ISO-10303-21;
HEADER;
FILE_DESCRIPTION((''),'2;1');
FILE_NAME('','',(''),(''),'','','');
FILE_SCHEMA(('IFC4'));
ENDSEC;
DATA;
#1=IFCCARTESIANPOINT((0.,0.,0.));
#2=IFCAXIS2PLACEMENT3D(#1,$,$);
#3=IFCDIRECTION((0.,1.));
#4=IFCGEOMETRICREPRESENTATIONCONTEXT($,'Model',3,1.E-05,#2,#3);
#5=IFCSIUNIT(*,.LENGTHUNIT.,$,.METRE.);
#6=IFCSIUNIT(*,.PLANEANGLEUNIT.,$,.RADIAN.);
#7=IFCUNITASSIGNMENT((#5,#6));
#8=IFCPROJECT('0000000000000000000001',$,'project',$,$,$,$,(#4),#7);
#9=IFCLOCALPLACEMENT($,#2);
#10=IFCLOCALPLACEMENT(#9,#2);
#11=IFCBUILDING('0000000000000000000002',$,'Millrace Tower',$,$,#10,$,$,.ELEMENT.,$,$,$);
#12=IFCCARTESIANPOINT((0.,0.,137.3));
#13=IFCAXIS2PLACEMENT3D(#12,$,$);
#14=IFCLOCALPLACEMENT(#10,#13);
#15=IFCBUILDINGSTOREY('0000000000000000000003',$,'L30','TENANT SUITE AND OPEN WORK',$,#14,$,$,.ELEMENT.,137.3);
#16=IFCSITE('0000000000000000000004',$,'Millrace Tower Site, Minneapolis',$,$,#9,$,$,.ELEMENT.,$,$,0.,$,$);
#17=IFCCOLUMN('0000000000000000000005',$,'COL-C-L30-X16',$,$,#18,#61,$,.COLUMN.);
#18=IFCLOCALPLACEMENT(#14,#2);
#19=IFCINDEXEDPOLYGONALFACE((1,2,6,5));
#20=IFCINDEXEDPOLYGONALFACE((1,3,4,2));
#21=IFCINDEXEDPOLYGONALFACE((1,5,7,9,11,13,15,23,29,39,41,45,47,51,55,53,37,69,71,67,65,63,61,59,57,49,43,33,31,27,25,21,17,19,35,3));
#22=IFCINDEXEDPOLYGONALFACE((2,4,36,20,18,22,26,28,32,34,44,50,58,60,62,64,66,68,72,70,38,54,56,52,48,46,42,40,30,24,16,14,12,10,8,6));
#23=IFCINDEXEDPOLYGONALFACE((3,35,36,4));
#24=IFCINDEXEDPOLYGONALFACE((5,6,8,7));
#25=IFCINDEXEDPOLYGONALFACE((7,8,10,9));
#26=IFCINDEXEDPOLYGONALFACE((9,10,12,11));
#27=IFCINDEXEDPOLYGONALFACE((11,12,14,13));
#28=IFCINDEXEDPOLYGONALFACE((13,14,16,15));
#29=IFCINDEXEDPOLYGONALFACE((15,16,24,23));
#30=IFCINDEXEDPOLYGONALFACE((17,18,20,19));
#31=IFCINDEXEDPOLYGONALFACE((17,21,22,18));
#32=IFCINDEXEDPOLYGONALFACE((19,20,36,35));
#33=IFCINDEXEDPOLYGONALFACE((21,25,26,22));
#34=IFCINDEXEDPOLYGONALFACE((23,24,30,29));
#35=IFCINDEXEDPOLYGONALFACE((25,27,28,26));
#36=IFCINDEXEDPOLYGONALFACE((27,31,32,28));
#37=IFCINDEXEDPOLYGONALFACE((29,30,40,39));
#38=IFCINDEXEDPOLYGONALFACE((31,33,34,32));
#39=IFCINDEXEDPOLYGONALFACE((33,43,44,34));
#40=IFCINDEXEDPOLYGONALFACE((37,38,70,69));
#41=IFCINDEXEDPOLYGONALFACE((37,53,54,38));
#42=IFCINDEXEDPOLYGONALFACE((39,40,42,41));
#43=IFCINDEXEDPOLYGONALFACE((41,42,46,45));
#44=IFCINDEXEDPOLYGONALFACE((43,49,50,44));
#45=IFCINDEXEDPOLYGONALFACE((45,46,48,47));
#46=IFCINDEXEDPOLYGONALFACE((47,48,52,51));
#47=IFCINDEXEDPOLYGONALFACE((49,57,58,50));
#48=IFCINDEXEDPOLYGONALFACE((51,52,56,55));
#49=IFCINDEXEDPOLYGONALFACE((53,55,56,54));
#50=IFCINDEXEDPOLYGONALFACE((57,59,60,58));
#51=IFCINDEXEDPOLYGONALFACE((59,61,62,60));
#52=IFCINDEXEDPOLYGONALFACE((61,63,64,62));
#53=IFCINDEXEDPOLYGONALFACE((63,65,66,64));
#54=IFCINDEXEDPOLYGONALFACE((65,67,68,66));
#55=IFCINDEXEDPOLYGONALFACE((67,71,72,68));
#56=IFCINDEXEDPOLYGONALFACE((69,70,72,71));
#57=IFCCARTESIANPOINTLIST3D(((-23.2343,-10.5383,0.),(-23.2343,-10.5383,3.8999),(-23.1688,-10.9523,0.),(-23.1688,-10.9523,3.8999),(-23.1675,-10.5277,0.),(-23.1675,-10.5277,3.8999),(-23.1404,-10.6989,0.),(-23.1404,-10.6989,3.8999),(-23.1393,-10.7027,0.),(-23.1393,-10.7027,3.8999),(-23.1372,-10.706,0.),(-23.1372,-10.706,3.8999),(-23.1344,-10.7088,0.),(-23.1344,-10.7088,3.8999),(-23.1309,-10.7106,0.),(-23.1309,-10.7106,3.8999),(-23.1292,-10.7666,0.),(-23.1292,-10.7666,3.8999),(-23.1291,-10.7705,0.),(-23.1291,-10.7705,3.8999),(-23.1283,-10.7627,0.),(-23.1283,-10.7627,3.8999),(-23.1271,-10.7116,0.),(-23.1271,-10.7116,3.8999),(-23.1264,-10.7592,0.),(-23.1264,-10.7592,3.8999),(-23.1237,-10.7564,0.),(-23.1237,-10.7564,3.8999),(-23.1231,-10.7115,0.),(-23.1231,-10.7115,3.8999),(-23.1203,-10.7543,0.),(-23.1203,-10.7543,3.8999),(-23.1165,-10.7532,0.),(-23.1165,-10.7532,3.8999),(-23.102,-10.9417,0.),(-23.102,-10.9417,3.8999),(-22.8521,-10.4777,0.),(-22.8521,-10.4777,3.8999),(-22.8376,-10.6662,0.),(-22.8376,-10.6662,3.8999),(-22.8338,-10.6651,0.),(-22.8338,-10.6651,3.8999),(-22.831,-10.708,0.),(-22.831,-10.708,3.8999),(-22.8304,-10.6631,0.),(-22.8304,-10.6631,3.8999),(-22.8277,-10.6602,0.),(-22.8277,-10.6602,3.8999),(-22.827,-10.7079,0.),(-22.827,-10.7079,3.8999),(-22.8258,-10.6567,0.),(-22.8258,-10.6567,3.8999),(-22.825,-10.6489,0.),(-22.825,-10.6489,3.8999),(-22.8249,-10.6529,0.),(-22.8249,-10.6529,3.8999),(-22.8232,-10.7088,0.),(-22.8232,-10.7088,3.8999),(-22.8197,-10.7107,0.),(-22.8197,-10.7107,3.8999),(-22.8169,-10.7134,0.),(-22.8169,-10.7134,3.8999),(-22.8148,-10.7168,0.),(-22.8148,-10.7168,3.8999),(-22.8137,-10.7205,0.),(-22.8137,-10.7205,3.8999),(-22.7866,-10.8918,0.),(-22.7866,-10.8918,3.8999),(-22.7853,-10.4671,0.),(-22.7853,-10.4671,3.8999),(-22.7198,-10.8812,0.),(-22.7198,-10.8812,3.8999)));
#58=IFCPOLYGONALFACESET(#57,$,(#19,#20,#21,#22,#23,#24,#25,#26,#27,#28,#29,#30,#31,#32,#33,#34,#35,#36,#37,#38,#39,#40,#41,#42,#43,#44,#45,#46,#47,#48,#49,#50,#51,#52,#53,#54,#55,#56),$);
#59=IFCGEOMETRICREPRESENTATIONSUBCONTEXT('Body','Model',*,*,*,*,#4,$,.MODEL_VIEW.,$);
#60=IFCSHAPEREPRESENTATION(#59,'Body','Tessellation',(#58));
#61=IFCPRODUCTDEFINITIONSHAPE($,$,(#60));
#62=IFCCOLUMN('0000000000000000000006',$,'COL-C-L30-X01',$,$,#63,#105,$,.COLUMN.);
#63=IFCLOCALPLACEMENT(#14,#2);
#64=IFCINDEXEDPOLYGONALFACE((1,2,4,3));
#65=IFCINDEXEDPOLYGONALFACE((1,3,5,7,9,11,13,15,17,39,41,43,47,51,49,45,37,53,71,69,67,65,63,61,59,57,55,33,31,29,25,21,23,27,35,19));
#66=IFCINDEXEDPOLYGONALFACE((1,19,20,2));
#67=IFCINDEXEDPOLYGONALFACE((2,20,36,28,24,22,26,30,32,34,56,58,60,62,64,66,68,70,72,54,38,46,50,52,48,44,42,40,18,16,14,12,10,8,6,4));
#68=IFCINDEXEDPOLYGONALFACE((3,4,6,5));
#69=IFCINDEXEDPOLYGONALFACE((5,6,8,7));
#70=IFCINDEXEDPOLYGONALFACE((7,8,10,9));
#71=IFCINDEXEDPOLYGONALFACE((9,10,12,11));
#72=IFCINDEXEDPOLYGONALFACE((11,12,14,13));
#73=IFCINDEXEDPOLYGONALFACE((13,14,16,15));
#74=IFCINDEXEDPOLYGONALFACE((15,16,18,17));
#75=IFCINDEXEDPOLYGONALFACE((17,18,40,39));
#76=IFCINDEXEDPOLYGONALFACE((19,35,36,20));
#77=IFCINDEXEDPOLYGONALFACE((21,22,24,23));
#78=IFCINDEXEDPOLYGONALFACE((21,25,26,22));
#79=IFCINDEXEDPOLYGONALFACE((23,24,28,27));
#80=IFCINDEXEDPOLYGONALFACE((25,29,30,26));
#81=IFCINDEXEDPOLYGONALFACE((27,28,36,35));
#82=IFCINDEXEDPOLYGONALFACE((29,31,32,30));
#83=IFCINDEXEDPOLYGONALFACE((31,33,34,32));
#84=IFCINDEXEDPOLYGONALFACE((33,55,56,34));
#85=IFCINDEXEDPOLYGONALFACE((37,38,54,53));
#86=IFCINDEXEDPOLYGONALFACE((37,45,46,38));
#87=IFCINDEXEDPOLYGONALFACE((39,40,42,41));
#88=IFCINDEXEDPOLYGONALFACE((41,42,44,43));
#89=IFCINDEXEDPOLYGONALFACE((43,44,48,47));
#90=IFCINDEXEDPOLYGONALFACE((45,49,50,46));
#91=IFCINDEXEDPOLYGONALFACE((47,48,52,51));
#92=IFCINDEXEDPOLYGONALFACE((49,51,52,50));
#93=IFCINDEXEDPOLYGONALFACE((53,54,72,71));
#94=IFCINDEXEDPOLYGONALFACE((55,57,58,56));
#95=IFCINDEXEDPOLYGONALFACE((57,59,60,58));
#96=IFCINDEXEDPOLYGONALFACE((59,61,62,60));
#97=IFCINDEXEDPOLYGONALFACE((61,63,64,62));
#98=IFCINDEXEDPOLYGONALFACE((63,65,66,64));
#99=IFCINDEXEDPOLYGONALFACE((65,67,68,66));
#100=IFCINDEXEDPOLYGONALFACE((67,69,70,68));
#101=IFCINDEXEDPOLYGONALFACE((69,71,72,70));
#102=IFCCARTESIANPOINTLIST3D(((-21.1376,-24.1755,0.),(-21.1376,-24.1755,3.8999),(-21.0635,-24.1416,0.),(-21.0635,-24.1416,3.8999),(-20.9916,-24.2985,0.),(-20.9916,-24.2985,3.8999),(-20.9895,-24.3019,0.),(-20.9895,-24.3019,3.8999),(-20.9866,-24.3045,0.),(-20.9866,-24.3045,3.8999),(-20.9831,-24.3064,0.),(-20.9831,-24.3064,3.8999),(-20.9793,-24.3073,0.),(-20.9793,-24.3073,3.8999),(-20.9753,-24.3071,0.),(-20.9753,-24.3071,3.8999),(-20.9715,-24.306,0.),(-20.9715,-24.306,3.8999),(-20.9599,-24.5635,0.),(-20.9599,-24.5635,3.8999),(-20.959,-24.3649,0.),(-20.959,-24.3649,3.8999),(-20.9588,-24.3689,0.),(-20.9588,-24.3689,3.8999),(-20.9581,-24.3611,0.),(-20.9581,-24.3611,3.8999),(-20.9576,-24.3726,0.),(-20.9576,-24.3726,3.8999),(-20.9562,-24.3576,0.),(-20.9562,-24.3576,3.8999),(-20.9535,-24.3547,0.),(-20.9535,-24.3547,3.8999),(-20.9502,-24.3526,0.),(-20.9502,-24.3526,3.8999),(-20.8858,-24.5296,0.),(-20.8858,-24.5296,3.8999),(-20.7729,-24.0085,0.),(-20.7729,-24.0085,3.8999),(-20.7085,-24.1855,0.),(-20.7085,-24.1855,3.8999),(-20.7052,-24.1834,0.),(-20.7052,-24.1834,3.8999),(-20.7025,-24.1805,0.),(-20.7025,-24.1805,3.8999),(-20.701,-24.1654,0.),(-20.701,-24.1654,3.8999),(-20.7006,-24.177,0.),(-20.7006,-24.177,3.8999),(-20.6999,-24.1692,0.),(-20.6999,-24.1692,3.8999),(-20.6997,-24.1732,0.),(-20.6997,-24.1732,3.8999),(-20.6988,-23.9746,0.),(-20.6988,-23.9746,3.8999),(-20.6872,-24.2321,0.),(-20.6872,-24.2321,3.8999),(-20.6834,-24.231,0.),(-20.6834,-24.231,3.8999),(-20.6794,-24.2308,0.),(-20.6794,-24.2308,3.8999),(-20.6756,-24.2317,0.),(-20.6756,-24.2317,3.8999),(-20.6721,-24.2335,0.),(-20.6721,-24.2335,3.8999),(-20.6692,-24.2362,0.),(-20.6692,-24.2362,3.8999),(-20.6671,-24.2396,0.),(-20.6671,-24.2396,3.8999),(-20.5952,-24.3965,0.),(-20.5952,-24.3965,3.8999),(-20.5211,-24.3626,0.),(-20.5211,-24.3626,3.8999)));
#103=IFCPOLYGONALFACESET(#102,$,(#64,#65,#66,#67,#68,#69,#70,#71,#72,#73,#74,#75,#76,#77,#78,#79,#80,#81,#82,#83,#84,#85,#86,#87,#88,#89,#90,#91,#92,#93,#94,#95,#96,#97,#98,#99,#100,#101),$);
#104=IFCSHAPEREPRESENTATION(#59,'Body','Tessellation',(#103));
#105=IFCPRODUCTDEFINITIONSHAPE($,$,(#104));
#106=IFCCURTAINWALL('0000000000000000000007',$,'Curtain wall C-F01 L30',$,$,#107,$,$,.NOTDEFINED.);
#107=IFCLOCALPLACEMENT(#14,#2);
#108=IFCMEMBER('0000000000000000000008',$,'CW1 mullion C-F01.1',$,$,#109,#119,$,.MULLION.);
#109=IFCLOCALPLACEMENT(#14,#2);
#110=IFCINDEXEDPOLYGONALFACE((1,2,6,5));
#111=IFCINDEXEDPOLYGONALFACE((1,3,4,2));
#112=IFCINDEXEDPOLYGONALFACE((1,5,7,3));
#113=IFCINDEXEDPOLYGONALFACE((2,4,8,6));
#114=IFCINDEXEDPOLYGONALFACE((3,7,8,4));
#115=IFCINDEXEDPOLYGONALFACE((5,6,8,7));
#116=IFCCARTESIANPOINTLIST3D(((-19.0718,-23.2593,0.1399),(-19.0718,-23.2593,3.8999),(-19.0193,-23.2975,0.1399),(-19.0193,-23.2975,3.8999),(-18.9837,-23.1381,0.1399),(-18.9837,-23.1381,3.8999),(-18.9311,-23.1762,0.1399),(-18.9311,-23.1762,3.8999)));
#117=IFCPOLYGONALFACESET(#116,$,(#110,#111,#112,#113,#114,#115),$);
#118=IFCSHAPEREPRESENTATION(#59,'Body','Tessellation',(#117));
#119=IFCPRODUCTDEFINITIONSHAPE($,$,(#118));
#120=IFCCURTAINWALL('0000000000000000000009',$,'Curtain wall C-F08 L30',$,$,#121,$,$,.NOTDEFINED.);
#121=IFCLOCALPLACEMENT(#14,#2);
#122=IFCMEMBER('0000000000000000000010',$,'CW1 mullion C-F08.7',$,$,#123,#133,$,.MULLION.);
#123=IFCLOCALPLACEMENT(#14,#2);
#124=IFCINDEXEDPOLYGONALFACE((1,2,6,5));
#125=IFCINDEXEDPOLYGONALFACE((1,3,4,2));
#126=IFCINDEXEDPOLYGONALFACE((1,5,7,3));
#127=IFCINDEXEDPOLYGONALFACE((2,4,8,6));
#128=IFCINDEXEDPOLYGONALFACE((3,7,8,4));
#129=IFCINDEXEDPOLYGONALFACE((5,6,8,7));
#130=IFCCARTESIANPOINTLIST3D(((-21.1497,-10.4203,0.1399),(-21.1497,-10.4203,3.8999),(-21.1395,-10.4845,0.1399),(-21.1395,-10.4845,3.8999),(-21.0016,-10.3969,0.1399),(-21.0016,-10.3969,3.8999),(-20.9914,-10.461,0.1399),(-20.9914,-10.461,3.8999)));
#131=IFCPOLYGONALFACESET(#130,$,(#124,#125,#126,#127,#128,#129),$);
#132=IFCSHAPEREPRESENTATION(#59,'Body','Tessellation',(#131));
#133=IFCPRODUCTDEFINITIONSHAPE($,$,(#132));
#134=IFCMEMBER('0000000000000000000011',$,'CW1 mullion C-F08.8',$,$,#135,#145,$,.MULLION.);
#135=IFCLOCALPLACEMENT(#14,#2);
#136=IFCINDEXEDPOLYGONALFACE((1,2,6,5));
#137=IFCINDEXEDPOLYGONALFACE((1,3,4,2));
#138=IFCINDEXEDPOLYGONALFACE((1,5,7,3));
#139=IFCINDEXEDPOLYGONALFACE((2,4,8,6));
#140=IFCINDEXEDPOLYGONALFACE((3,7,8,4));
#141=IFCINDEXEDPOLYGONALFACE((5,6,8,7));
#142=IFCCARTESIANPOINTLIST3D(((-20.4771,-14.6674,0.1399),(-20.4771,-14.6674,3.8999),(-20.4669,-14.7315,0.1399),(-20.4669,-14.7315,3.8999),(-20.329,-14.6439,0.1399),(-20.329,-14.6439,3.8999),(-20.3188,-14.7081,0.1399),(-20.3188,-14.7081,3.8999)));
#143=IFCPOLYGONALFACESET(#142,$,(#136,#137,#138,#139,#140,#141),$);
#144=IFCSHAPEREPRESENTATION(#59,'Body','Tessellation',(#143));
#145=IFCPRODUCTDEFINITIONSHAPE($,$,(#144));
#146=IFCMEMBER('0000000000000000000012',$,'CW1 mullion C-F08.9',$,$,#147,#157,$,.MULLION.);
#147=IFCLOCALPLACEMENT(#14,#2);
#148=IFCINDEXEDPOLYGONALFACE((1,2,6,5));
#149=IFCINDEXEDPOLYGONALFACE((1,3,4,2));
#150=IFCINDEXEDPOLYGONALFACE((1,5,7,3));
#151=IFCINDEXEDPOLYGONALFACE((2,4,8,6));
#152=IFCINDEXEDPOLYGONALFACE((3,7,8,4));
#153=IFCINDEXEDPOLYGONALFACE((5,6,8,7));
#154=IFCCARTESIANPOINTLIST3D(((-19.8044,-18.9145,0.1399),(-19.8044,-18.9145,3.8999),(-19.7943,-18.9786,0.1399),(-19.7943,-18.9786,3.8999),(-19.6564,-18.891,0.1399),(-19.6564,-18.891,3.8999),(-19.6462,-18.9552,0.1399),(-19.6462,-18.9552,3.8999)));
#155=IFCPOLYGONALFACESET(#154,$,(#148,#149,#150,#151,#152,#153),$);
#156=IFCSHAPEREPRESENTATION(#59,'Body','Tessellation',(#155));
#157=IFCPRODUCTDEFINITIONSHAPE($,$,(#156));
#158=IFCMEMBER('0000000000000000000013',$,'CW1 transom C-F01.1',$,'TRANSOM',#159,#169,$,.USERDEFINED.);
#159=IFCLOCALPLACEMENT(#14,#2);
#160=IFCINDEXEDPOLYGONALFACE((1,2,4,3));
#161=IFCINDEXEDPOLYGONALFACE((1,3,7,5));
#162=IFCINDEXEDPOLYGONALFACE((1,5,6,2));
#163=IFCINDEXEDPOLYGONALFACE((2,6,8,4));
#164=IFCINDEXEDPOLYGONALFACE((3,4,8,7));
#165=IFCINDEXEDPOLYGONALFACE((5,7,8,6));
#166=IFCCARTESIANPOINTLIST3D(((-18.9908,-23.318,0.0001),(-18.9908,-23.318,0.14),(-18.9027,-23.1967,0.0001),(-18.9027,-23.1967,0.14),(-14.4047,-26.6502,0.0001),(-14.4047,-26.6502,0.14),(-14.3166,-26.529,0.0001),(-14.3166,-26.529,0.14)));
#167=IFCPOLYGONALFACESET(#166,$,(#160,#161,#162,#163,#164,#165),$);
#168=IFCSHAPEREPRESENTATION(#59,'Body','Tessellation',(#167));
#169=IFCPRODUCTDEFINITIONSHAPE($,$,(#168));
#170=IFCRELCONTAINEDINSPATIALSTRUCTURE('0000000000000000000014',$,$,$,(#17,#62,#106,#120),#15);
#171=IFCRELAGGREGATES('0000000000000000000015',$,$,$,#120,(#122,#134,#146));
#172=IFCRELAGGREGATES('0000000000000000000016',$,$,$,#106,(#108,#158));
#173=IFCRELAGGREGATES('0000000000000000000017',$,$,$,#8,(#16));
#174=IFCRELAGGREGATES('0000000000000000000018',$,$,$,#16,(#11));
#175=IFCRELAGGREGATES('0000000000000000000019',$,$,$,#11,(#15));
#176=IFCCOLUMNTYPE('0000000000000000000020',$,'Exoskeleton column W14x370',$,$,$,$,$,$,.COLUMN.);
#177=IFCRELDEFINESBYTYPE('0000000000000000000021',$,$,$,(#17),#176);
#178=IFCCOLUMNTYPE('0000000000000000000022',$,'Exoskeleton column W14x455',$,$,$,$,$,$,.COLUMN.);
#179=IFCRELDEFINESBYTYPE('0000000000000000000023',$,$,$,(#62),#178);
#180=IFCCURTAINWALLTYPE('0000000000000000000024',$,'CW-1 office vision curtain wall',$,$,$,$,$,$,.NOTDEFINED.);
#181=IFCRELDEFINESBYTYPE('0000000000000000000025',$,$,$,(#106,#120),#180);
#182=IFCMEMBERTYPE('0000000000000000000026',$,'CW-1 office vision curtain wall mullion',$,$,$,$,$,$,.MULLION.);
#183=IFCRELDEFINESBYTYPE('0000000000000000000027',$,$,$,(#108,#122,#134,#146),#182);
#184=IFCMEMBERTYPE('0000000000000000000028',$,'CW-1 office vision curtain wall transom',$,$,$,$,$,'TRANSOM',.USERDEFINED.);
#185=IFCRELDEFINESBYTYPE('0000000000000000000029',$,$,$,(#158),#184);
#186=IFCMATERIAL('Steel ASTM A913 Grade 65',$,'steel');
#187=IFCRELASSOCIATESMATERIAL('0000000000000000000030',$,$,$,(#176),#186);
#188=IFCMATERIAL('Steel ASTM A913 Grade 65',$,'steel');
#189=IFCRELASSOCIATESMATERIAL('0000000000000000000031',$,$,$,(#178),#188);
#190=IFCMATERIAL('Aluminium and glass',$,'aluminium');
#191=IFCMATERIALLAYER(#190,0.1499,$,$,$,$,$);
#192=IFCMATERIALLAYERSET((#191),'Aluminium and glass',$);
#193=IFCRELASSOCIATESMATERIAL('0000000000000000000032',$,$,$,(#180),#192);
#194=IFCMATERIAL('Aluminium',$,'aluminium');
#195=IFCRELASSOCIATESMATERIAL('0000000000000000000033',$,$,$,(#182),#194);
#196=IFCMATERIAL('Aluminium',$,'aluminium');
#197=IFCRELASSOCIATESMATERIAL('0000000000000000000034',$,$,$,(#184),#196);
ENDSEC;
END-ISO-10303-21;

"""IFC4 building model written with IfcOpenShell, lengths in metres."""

from ifc_helpers import new_model, si_unit, direction, frame, origin, origin_2d, place, context, subcontext, project, spatial, rectangle, i_section, extrude, material, layer, layer_set, material_profile, profile_set, type_object, element, aggregate, save


model = new_model("IFC4")

# Units and contexts
model_context = context("Model", 3, precision=1e-05, world=origin(), true_north=direction((0.0, 1.0)))
body_context = subcontext(model_context, "Body", "Model", "MODEL_VIEW")
ifc_project = project(units=[si_unit("LENGTHUNIT", "METRE"), si_unit("PLANEANGLEUNIT", "RADIAN")], contexts=[model_context])

# Site, building, storey
site_placement = place(None, origin())
site = spatial("IfcSite", under=ifc_project, at=site_placement, Name="Millrace Tower Site, Minneapolis", CompositionType="ELEMENT", RefElevation=0.0)
building_placement = place(site_placement, origin())
building = spatial("IfcBuilding", under=site, at=building_placement, Name="Millrace Tower", CompositionType="ELEMENT")
storey_placement = place(building_placement, frame((0.0, 0.0, 137.3)))
storey = spatial("IfcBuildingStorey", under=building, at=storey_placement, Name="L30", Description="TENANT SUITE AND OPEN WORK", CompositionType="ELEMENT", Elevation=137.3)

# Columns
ifc_material_1 = material(Name="Steel ASTM A913 Grade 65", Category="steel")
ifc_material_profile_1 = material_profile(ifc_material_1, i_section(OverallWidth=0.4192, OverallDepth=0.4546, WebThickness=0.0422, FlangeThickness=0.0676, FilletRadius=0.0151, at=origin_2d()))
ifc_profile_set_1 = profile_set([ifc_material_profile_1], Name="Steel ASTM A913 Grade 65")
column_type_1 = type_object("IfcColumnType", Name="Exoskeleton column W14x370", PredefinedType="COLUMN", material=ifc_profile_set_1)
column_1_placement = place(storey_placement, frame((-22.9771, -10.7097, 0.0), z_axis=(0.0, 0.0, 1.0), x_axis=(0.156434, -0.987688, 0.0)))
element("IfcColumn", 1, at=column_1_placement, inside=storey, type_object=column_type_1, Name="COL-C-L30-X16", PredefinedType="COLUMN", context=body_context, shape_type="SweptSolid", body=[
    extrude(i_section(OverallWidth=0.4192, OverallDepth=0.4546, WebThickness=0.0422, FlangeThickness=0.0676, FilletRadius=0.0151, at=origin_2d()), origin(), (0.0, 0.0, 1.0), 3.8999),
])
ifc_material_2 = material(Name="Steel ASTM A913 Grade 65", Category="steel")
ifc_material_profile_2 = material_profile(ifc_material_2, i_section(OverallWidth=0.4268, OverallDepth=0.4827, WebThickness=0.0513, FlangeThickness=0.0815, FilletRadius=0.0151, at=origin_2d()))
ifc_profile_set_2 = profile_set([ifc_material_profile_2], Name="Steel ASTM A913 Grade 65")
column_type_2 = type_object("IfcColumnType", Name="Exoskeleton column W14x455", PredefinedType="COLUMN", material=ifc_profile_set_2)
column_2_placement = place(storey_placement, frame((-20.8293, -24.269, 0.0), z_axis=(0.0, 0.0, 1.0), x_axis=(0.416401, -0.909181, 0.0)))
element("IfcColumn", 2, at=column_2_placement, inside=storey, type_object=column_type_2, Name="COL-C-L30-X01", PredefinedType="COLUMN", context=body_context, shape_type="SweptSolid", body=[
    extrude(i_section(OverallWidth=0.4268, OverallDepth=0.4827, WebThickness=0.0513, FlangeThickness=0.0815, FilletRadius=0.0151, at=origin_2d()), origin(), (0.0, 0.0, 1.0), 3.8999),
])

# Curtain wall, member
ifc_material_3 = material(Name="Aluminium and glass", Category="aluminium")
ifc_layer_1 = layer(ifc_material_3, 0.1499)
ifc_layer_set_1 = layer_set([ifc_layer_1], Name="Aluminium and glass")
curtain_wall_type = type_object("IfcCurtainWallType", Name="CW-1 office vision curtain wall", PredefinedType="NOTDEFINED", material=ifc_layer_set_1)
placement = place(storey_placement, origin())
curtain_wall_1 = element("IfcCurtainWall", 3, at=placement, inside=storey, type_object=curtain_wall_type, Name="Curtain wall C-F01 L30", PredefinedType="NOTDEFINED")
ifc_material_4 = material(Name="Aluminium", Category="aluminium")
ifc_material_profile_3 = material_profile(ifc_material_4, rectangle(XDim=0.0649, YDim=0.1499, at=origin_2d()))
ifc_profile_set_3 = profile_set([ifc_material_profile_3], Name="Aluminium")
member_type_1 = type_object("IfcMemberType", Name="CW-1 office vision curtain wall mullion", PredefinedType="MULLION", material=ifc_profile_set_3)
member_1_placement = place(storey_placement, frame((-19.0015, -23.2178, 0.1399), z_axis=(0.0, 0.0, 1.0), x_axis=(0.809017, -0.587785, 0.0)))
member_1 = element("IfcMember", 4, at=member_1_placement, type_object=member_type_1, Name="CW1 mullion C-F01.1", PredefinedType="MULLION", context=body_context, shape_type="SweptSolid", body=[
    extrude(rectangle(XDim=0.0649, YDim=0.1499, at=origin_2d()), origin(), (0.0, 0.0, 1.0), 3.76),
])

# Curtain wall, members
curtain_wall_2 = element("IfcCurtainWall", 5, at=placement, inside=storey, type_object=curtain_wall_type, Name="Curtain wall C-F08 L30", PredefinedType="NOTDEFINED")
member_2_placement = place(storey_placement, frame((-21.0706, -10.4407, 0.1399), z_axis=(0.0, 0.0, 1.0), x_axis=(0.156434, -0.987688, 0.0)))
member_2 = element("IfcMember", 6, at=member_2_placement, type_object=member_type_1, Name="CW1 mullion C-F08.7", PredefinedType="MULLION", context=body_context, shape_type="SweptSolid", body=[
    extrude(rectangle(XDim=0.0649, YDim=0.1499, at=origin_2d()), origin(), (0.0, 0.0, 1.0), 3.76),
])
member_3_placement = place(storey_placement, frame((-20.3979, -14.6877, 0.1399), z_axis=(0.0, 0.0, 1.0), x_axis=(0.156434, -0.987688, 0.0)))
member_3 = element("IfcMember", 7, at=member_3_placement, type_object=member_type_1, Name="CW1 mullion C-F08.8", PredefinedType="MULLION", context=body_context, shape_type="SweptSolid", body=[
    extrude(rectangle(XDim=0.0649, YDim=0.1499, at=origin_2d()), origin(), (0.0, 0.0, 1.0), 3.76),
])
member_4_placement = place(storey_placement, frame((-19.7253, -18.9348, 0.1399), z_axis=(0.0, 0.0, 1.0), x_axis=(0.156434, -0.987688, 0.0)))
member_4 = element("IfcMember", 8, at=member_4_placement, type_object=member_type_1, Name="CW1 mullion C-F08.9", PredefinedType="MULLION", context=body_context, shape_type="SweptSolid", body=[
    extrude(rectangle(XDim=0.0649, YDim=0.1499, at=origin_2d()), origin(), (0.0, 0.0, 1.0), 3.76),
])
aggregate(curtain_wall_2, [member_2, member_3, member_4])

# Member
ifc_material_5 = material(Name="Aluminium", Category="aluminium")
ifc_material_profile_4 = material_profile(ifc_material_5, rectangle(XDim=0.1499, YDim=0.1399, at=origin_2d()))
ifc_profile_set_4 = profile_set([ifc_material_profile_4], Name="Aluminium")
member_type_2 = type_object("IfcMemberType", Name="CW-1 office vision curtain wall transom", ElementType="TRANSOM", PredefinedType="USERDEFINED", material=ifc_profile_set_4)
member_5_placement = place(storey_placement, frame((-18.9468, -23.2573, 0.0701), z_axis=(0.808999, -0.587811, 0.0), x_axis=(0.587811, 0.808999, 0.0)))
member_5 = element("IfcMember", 9, at=member_5_placement, type_object=member_type_2, Name="CW1 transom C-F01.1", ObjectType="TRANSOM", PredefinedType="USERDEFINED", context=body_context, shape_type="SweptSolid", body=[
    extrude(rectangle(XDim=0.1499, YDim=0.1399, at=origin_2d()), origin(), (0.0, 0.0, 1.0), 5.6689),
])
aggregate(curtain_wall_1, [member_1, member_5])

save(model, "model.ifc")
